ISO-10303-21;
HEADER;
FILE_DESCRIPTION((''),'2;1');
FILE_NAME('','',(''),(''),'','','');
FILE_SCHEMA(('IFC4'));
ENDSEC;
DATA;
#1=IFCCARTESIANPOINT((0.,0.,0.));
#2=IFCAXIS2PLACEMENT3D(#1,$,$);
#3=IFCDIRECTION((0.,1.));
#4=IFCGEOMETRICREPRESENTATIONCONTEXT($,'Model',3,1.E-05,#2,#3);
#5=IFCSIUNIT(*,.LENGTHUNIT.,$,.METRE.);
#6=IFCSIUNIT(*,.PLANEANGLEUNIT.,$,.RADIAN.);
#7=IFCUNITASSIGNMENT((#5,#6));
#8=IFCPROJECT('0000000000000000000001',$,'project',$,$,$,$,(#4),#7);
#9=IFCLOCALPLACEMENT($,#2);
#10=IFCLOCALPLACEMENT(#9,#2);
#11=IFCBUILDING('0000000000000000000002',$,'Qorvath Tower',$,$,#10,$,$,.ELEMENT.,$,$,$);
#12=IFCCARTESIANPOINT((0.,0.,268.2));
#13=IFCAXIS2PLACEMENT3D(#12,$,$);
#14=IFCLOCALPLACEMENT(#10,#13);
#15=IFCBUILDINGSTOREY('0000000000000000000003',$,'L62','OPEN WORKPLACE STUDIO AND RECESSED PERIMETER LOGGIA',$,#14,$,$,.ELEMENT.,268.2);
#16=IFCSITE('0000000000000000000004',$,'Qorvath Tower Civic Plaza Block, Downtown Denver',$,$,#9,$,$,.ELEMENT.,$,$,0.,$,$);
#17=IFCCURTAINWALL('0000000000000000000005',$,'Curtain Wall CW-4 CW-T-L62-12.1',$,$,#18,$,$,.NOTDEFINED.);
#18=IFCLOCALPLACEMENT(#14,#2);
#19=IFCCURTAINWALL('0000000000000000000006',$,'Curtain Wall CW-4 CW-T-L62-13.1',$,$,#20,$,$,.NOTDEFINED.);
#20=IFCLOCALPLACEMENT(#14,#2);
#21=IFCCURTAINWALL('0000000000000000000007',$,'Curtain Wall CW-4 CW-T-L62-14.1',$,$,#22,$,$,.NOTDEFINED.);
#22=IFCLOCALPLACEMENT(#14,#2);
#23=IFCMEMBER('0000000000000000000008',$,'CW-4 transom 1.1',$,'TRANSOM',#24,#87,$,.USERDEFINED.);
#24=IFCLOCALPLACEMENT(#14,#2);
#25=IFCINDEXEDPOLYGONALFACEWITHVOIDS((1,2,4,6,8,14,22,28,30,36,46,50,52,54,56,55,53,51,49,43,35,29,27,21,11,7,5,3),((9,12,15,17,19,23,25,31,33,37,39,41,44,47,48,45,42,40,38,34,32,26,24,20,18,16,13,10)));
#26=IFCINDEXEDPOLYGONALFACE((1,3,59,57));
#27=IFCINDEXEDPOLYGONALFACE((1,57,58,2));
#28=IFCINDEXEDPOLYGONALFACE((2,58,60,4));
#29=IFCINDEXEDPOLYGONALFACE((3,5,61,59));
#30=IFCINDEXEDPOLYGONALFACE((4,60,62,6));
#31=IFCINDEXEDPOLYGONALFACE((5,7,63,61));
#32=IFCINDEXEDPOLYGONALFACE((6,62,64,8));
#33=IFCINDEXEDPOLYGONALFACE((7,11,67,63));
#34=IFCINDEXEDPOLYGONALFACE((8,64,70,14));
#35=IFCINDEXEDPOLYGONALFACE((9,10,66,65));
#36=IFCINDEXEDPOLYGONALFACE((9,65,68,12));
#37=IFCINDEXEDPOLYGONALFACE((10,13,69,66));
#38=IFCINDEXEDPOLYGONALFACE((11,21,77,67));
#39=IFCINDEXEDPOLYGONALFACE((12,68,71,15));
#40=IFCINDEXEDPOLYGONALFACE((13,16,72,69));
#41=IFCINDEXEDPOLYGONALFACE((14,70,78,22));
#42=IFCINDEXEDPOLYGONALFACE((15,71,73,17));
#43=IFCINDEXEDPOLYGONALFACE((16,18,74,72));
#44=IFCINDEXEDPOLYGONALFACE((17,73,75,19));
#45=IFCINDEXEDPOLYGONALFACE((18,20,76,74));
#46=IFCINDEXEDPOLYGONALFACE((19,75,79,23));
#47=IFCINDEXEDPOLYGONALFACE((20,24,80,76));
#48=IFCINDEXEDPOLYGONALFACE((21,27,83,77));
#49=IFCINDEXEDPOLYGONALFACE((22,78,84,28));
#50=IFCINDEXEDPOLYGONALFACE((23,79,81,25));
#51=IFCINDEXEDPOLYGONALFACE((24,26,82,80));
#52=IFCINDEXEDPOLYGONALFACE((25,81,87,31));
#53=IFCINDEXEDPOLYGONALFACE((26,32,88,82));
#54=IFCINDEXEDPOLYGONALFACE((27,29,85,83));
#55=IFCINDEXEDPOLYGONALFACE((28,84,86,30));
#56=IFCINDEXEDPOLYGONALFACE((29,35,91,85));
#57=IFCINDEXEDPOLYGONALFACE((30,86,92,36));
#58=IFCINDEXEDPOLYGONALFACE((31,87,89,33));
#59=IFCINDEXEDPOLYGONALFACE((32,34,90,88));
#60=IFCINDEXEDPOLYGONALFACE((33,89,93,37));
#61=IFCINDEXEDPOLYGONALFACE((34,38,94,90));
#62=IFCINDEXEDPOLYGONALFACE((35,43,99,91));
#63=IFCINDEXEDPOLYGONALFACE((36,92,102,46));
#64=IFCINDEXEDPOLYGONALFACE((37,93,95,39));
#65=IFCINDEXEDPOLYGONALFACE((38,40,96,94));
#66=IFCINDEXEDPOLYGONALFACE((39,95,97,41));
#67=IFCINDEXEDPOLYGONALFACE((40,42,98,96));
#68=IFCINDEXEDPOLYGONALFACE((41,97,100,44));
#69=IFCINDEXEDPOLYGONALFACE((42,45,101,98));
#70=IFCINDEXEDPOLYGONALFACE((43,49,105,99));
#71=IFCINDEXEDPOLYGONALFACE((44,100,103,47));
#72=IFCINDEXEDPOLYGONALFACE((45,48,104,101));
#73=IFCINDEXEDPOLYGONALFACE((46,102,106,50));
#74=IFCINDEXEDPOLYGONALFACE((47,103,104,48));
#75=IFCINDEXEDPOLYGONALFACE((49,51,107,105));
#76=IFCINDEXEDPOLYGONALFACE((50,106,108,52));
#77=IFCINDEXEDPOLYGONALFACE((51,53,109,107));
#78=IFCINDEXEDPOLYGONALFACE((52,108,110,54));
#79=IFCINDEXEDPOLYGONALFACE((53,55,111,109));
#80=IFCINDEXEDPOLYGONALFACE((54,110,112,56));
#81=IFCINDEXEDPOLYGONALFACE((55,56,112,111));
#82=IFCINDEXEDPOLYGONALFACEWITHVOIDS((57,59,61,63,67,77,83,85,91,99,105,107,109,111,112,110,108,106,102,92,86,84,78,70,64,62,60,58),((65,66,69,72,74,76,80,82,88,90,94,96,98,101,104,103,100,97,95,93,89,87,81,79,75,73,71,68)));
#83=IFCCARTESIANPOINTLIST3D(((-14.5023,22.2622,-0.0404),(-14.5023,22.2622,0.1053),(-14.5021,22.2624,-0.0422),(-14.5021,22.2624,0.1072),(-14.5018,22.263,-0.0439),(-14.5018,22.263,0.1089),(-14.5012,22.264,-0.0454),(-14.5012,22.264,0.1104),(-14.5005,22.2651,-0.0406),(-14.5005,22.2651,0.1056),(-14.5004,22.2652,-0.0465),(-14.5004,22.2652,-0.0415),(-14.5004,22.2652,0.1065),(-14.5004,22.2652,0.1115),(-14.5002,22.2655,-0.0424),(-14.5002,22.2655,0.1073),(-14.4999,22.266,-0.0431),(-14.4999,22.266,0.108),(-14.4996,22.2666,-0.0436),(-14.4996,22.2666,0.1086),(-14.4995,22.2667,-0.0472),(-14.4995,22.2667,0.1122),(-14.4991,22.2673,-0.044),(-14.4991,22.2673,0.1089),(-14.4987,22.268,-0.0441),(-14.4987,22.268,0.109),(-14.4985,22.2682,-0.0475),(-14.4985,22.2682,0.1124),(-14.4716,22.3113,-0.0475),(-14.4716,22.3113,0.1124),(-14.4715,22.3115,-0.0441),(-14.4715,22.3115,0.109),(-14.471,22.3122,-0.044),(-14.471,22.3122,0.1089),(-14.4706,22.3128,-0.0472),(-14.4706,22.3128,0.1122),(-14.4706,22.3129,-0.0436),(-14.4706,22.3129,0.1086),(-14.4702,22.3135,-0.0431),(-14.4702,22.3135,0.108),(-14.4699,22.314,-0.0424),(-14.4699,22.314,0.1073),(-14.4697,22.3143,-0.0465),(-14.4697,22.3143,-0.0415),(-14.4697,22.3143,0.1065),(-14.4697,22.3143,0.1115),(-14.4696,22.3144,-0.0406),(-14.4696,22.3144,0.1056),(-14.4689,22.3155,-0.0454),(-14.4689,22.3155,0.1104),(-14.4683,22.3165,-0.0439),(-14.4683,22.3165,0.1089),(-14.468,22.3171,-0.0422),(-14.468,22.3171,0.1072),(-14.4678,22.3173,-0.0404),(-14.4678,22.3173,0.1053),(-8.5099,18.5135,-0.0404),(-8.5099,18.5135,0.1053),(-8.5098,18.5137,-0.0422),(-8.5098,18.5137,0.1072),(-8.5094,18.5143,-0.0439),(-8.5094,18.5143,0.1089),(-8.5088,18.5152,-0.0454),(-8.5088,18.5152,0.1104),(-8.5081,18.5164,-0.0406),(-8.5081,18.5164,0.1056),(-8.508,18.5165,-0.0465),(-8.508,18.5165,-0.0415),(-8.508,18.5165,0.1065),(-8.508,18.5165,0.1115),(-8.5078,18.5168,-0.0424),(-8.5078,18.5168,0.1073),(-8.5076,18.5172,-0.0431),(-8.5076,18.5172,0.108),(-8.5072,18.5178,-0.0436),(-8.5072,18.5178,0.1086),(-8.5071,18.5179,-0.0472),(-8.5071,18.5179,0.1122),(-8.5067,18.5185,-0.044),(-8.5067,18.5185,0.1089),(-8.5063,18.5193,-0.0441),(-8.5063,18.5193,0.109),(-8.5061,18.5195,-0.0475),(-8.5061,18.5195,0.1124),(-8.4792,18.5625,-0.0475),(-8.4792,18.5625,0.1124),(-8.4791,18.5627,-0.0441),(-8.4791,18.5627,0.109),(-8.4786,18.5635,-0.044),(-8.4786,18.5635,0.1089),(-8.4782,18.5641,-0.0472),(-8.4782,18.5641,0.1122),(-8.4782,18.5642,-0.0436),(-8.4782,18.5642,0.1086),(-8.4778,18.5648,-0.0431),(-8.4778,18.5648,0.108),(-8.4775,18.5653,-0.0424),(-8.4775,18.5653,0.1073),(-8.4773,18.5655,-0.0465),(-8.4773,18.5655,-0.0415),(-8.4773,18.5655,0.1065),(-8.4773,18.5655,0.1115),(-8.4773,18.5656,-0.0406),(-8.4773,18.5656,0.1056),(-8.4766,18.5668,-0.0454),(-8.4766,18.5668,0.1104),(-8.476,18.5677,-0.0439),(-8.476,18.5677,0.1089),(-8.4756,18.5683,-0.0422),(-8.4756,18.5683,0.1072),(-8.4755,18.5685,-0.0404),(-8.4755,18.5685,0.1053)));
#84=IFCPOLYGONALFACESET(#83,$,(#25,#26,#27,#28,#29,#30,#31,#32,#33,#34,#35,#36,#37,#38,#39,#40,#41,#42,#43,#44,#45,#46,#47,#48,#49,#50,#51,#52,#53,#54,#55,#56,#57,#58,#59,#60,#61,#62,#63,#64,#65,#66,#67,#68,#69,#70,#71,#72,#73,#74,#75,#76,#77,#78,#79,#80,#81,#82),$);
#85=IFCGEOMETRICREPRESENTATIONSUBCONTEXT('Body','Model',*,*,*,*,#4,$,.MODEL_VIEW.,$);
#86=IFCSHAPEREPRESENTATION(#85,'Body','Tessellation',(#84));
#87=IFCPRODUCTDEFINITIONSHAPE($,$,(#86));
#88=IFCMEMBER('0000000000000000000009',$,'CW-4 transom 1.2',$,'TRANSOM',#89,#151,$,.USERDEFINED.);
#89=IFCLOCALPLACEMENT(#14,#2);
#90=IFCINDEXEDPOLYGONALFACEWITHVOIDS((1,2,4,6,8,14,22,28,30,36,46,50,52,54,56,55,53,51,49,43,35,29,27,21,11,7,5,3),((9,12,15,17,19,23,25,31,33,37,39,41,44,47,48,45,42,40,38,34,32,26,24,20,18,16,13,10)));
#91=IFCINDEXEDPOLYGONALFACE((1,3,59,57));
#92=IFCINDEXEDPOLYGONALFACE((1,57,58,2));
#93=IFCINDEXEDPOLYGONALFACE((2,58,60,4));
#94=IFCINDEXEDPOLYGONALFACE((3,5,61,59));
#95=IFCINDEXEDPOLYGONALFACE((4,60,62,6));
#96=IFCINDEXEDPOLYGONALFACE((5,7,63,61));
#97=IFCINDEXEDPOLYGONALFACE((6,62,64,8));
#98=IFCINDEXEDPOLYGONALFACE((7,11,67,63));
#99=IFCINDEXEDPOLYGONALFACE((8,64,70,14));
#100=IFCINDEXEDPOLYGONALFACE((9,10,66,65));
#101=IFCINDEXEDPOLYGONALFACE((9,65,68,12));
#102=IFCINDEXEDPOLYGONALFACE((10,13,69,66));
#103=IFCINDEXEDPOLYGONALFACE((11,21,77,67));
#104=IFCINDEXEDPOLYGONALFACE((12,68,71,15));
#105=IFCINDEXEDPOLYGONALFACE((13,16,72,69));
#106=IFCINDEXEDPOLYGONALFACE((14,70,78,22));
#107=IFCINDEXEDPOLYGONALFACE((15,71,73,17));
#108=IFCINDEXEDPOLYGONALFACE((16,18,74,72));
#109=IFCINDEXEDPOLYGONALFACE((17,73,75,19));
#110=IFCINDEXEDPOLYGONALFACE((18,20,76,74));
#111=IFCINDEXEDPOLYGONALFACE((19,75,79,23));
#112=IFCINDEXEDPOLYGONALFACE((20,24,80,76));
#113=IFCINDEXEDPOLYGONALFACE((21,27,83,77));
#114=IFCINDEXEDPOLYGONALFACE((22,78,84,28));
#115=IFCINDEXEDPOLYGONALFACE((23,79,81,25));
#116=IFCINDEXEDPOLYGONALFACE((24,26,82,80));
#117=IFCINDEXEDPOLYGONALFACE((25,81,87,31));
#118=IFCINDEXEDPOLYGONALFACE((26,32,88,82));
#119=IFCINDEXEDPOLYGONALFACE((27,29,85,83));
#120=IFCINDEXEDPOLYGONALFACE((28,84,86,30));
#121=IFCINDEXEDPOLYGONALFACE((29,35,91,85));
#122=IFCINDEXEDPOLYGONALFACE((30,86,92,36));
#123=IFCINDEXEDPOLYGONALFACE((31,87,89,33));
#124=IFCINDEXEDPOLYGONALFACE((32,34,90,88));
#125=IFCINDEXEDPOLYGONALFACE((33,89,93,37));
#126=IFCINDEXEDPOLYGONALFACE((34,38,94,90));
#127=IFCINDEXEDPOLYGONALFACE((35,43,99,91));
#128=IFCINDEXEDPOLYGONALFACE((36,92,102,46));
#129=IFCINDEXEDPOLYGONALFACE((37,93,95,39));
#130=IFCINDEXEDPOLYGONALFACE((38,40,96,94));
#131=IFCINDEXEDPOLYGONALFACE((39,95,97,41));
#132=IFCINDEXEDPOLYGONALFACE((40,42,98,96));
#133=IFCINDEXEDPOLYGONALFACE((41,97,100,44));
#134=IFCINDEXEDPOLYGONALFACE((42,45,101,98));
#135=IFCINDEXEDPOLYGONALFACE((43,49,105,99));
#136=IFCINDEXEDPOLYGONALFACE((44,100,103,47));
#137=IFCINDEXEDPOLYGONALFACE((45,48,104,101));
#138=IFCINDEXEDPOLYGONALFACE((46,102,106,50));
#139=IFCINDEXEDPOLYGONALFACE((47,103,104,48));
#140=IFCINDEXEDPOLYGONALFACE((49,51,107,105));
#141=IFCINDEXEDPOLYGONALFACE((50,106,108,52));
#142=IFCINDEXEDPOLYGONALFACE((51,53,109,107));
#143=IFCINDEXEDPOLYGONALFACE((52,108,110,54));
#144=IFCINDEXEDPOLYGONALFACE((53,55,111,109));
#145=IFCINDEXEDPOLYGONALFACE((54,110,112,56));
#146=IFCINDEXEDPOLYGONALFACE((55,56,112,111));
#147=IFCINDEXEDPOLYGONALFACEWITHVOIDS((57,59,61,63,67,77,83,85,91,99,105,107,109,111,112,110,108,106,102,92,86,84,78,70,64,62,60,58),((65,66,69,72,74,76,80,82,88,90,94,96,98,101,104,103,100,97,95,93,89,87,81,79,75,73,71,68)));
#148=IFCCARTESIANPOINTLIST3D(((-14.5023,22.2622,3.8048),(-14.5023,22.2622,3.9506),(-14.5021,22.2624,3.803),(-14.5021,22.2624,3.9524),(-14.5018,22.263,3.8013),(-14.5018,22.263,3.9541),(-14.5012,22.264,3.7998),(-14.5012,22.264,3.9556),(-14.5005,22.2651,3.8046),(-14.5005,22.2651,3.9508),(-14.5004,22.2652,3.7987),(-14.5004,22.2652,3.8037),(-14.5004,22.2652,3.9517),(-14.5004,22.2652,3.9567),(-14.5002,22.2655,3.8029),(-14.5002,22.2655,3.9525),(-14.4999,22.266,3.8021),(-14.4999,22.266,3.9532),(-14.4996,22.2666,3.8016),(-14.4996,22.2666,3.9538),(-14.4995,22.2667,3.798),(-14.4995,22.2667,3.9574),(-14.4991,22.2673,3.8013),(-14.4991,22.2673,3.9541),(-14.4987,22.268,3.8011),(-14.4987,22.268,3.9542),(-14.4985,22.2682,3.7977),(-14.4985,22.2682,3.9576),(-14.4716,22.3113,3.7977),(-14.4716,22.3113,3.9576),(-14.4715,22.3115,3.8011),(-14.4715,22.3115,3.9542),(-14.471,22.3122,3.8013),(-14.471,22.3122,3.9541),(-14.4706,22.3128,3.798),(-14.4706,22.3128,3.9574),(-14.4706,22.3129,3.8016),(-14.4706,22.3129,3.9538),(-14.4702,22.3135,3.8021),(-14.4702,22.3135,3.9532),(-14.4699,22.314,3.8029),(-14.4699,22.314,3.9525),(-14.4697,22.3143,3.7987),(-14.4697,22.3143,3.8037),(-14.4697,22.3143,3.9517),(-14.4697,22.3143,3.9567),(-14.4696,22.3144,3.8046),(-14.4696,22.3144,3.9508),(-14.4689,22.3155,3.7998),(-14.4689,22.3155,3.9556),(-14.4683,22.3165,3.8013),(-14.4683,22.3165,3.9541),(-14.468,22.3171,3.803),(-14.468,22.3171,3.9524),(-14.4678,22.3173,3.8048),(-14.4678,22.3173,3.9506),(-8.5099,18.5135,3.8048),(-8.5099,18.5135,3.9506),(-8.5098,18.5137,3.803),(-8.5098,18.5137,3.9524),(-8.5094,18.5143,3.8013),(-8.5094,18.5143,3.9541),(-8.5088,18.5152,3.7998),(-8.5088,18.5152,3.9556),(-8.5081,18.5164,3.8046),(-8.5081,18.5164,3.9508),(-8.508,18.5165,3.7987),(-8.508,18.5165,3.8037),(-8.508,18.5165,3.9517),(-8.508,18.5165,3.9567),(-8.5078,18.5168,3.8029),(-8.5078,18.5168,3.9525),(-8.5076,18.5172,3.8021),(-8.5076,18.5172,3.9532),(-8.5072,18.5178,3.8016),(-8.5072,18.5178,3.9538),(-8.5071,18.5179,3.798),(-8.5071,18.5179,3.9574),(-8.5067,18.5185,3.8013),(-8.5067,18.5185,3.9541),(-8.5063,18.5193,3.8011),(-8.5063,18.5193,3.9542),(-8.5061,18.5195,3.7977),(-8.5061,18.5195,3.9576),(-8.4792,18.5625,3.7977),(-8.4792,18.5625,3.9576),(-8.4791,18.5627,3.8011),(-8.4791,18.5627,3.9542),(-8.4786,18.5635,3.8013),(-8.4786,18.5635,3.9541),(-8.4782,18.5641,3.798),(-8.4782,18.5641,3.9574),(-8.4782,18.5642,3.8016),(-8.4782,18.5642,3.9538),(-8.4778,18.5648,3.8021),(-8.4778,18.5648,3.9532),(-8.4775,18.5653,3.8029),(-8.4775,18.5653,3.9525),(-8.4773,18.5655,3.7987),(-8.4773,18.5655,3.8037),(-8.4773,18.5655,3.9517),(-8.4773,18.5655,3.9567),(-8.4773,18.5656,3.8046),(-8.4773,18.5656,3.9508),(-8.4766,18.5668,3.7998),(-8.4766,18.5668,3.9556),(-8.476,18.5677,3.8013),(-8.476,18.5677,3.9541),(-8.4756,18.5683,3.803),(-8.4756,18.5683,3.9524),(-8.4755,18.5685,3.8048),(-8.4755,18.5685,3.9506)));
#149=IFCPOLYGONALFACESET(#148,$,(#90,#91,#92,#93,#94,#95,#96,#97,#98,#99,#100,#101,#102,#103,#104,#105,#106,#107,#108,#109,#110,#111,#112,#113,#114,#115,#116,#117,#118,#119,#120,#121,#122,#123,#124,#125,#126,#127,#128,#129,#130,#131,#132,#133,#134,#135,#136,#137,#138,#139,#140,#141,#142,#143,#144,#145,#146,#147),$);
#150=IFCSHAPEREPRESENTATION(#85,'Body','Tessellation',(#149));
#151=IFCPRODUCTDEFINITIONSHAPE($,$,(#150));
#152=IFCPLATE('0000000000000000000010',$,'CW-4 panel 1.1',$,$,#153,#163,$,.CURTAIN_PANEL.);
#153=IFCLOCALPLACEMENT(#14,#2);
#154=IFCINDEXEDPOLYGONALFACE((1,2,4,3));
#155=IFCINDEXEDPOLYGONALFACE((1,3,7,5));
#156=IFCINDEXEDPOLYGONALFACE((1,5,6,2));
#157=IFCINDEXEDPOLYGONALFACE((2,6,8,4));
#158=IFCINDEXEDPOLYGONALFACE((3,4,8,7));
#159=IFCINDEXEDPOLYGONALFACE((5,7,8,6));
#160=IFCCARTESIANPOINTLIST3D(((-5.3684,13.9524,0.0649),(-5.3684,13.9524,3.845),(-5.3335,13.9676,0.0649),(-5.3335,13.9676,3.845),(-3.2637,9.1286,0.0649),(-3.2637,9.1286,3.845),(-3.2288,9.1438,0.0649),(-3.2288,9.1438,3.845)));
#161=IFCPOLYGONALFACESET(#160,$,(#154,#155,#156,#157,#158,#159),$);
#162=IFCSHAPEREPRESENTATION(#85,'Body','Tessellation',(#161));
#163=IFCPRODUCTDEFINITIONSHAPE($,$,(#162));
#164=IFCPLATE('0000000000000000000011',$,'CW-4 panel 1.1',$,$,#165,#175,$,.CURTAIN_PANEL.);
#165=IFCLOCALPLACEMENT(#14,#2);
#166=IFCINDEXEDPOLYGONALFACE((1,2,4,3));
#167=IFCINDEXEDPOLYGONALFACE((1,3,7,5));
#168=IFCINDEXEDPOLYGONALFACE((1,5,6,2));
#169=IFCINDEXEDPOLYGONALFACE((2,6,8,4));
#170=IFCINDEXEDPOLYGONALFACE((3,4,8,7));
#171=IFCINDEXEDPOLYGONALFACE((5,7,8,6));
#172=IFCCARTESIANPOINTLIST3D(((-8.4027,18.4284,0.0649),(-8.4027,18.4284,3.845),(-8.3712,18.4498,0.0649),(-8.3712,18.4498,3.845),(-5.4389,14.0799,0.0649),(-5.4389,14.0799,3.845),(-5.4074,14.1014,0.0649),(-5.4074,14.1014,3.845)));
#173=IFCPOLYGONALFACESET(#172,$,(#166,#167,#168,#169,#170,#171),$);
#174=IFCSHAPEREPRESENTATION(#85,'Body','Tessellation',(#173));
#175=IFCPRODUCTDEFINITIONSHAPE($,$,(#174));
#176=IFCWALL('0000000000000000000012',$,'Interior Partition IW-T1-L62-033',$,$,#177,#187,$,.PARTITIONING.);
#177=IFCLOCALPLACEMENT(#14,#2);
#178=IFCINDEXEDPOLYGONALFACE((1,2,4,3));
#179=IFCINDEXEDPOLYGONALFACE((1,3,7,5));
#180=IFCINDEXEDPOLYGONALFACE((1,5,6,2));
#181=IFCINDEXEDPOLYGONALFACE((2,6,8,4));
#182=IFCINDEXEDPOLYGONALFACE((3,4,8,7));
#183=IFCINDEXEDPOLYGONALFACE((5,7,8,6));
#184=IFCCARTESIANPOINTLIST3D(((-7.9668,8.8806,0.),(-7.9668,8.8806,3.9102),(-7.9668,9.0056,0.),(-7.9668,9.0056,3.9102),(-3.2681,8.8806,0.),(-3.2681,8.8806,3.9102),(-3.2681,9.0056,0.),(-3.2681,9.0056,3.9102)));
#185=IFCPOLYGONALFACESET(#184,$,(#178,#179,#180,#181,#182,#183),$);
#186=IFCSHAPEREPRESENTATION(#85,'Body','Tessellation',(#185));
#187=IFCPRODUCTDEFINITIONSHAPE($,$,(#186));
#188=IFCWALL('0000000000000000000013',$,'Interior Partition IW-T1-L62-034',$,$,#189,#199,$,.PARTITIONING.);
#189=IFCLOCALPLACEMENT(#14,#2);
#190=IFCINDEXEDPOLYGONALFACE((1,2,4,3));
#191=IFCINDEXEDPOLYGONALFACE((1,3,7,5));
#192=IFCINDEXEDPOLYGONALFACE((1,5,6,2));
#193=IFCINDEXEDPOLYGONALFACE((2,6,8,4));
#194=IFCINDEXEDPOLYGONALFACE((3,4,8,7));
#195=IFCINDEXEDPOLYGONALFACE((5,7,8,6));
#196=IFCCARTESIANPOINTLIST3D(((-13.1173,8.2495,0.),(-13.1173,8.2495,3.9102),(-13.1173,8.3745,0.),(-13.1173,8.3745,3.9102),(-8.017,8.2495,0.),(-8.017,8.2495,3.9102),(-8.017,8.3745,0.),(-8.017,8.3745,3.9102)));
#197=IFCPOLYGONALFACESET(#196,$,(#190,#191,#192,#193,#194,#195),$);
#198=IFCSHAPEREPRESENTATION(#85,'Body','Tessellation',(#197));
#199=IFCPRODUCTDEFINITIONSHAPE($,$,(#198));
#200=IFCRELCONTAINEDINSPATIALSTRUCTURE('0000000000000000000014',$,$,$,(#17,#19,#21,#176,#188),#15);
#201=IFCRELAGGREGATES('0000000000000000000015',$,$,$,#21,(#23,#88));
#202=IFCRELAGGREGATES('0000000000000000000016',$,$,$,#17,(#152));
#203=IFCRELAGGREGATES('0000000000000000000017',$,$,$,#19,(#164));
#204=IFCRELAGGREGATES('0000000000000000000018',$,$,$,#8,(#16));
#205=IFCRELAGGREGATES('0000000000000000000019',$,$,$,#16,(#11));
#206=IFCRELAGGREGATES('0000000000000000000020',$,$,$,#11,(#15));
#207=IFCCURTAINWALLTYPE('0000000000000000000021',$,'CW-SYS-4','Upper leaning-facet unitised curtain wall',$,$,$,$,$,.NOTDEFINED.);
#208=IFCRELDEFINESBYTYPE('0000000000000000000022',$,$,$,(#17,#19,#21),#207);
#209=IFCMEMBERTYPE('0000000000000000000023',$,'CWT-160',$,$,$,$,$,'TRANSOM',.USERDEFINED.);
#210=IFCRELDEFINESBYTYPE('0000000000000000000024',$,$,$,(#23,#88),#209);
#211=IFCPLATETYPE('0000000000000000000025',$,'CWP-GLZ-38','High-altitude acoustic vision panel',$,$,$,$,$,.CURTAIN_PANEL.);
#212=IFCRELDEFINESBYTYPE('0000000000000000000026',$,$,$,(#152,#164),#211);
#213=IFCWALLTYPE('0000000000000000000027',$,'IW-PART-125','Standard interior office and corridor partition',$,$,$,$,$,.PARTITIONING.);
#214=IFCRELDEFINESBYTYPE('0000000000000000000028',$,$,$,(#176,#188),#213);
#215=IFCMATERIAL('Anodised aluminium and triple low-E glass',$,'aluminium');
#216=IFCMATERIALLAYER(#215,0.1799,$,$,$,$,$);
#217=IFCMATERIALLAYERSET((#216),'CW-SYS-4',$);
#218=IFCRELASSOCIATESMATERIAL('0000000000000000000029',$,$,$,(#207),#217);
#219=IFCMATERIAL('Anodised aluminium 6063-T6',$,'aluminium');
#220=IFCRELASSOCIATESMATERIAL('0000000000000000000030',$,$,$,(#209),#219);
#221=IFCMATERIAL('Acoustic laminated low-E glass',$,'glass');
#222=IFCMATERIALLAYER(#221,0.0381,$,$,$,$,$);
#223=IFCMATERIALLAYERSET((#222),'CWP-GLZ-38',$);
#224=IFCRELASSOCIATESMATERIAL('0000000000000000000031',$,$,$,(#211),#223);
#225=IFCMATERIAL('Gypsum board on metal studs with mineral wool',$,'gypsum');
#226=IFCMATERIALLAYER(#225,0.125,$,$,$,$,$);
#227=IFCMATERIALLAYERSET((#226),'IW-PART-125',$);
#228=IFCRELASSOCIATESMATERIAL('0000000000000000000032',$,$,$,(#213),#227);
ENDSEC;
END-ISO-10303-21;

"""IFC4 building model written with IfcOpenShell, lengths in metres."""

from ifc_helpers import new_model, si_unit, direction, frame, frame_2d, origin, origin_2d, place, context, subcontext, project, spatial, rectangle, hollow_rectangle, extrude, material, layer, layer_set, material_profile, profile_set, type_object, element, aggregate, save


model = new_model("IFC4")

# Units and contexts
model_context = context("Model", 3, precision=1e-05, world=origin(), true_north=direction((0.0, 1.0)))
body_context = subcontext(model_context, "Body", "Model", "MODEL_VIEW")
ifc_project = project(units=[si_unit("LENGTHUNIT", "METRE"), si_unit("PLANEANGLEUNIT", "RADIAN")], contexts=[model_context])

# Site, building, storey
site_placement = place(None, origin())
site = spatial("IfcSite", under=ifc_project, at=site_placement, Name="Qorvath Tower Civic Plaza Block, Downtown Denver", CompositionType="ELEMENT", RefElevation=0.0)
building_placement = place(site_placement, origin())
building = spatial("IfcBuilding", under=site, at=building_placement, Name="Qorvath Tower", CompositionType="ELEMENT")
storey_placement = place(building_placement, frame((0.0, 0.0, 268.2)))
storey = spatial("IfcBuildingStorey", under=building, at=storey_placement, Name="L62", Description="OPEN WORKPLACE STUDIO AND RECESSED PERIMETER LOGGIA", CompositionType="ELEMENT", Elevation=268.2)

# Shared definitions
ifc_material_1 = material(Name="Anodised aluminium and triple low-E glass", Category="aluminium")
ifc_layer_1 = layer(ifc_material_1, 0.1799)
ifc_layer_set_1 = layer_set([ifc_layer_1], Name="CW-SYS-4")
curtain_wall_type = type_object("IfcCurtainWallType", Name="CW-SYS-4", Description="Upper leaning-facet unitised curtain wall", PredefinedType="NOTDEFINED", material=ifc_layer_set_1)

# Curtain walls
curtain_wall_1_placement = place(storey_placement, origin())
curtain_wall_1 = element("IfcCurtainWall", 1, at=curtain_wall_1_placement, inside=storey, type_object=curtain_wall_type, Name="Curtain Wall CW-4 CW-T-L62-12.1", PredefinedType="NOTDEFINED")
curtain_wall_2_placement = place(storey_placement, origin())
curtain_wall_2 = element("IfcCurtainWall", 2, at=curtain_wall_2_placement, inside=storey, type_object=curtain_wall_type, Name="Curtain Wall CW-4 CW-T-L62-13.1", PredefinedType="NOTDEFINED")

# Curtain wall
curtain_wall_3_placement = place(storey_placement, origin())
curtain_wall_3 = element("IfcCurtainWall", 3, at=curtain_wall_3_placement, inside=storey, type_object=curtain_wall_type, Name="Curtain Wall CW-4 CW-T-L62-14.1", PredefinedType="NOTDEFINED")

# Members
ifc_material_2 = material(Name="Anodised aluminium 6063-T6", Category="aluminium")
ifc_material_profile_1 = material_profile(ifc_material_2, hollow_rectangle(XDim=0.0649, YDim=0.1599, WallThickness=0.0034, InnerFilletRadius=0.0034, OuterFilletRadius=0.0071, at=origin_2d()), Name="CWT 160x65")
ifc_profile_set_1 = profile_set([ifc_material_profile_1], Name="Anodised aluminium 6063-T6")
member_type_1 = type_object("IfcMemberType", Name="CWT-160", ElementType="TRANSOM", PredefinedType="USERDEFINED", material=ifc_profile_set_1)
member_1_placement = place(storey_placement, frame((-8.4927, 18.541, 0.0325), z_axis=(-0.847775, 0.530356, 0.0), x_axis=(-0.530356, -0.847775, 0.0)))
member_1 = element("IfcMember", 4, at=member_1_placement, type_object=member_type_1, Name="CW-4 transom 1.1", ObjectType="TRANSOM", PredefinedType="USERDEFINED", context=body_context, shape_type="SweptSolid", body=[
    extrude(hollow_rectangle(XDim=0.0649, YDim=0.1599, WallThickness=0.0034, InnerFilletRadius=0.0034, OuterFilletRadius=0.0071, at=origin_2d()), origin(), (0.0, 0.0, 1.0), 7.0684),
])
member_2_placement = place(storey_placement, frame((-8.4927, 18.541, 3.8777), z_axis=(-0.847775, 0.530356, 0.0), x_axis=(-0.530356, -0.847775, 0.0)))
member_2 = element("IfcMember", 5, at=member_2_placement, type_object=member_type_1, Name="CW-4 transom 1.2", ObjectType="TRANSOM", PredefinedType="USERDEFINED", context=body_context, shape_type="SweptSolid", body=[
    extrude(hollow_rectangle(XDim=0.0649, YDim=0.1599, WallThickness=0.0034, InnerFilletRadius=0.0034, OuterFilletRadius=0.0071, at=origin_2d()), origin(), (0.0, 0.0, 1.0), 7.0684),
])
aggregate(curtain_wall_3, [member_1, member_2])

# Plates
ifc_material_3 = material(Name="Acoustic laminated low-E glass", Category="glass")
ifc_layer_2 = layer(ifc_material_3, 0.0381)
ifc_layer_set_2 = layer_set([ifc_layer_2], Name="CWP-GLZ-38")
plate_type = type_object("IfcPlateType", Name="CWP-GLZ-38", Description="High-altitude acoustic vision panel", PredefinedType="CURTAIN_PANEL", material=ifc_layer_set_2)
plate_1_placement = place(storey_placement, frame((-4.2986, 11.5481, 0.0649), z_axis=(0.0, 0.0, 1.0), x_axis=(-0.3999, 0.916559, 0.0)))
plate_1 = element("IfcPlate", 6, at=plate_1_placement, type_object=plate_type, Name="CW-4 panel 1.1", PredefinedType="CURTAIN_PANEL", context=body_context, shape_type="SweptSolid", body=[
    extrude(rectangle(XDim=5.2629, YDim=0.0381, at=origin_2d()), origin(), (0.0, 0.0, 1.0), 3.78),
])
aggregate(curtain_wall_1, [plate_1])
plate_2_placement = place(storey_placement, frame((-6.905, 16.2649, 0.0649), z_axis=(0.0, 0.0, 1.0), x_axis=(-0.563203, 0.826319, 0.0)))
plate_2 = element("IfcPlate", 7, at=plate_2_placement, type_object=plate_type, Name="CW-4 panel 1.1", PredefinedType="CURTAIN_PANEL", context=body_context, shape_type="SweptSolid", body=[
    extrude(rectangle(XDim=5.2625, YDim=0.0381, at=origin_2d()), origin(), (0.0, 0.0, 1.0), 3.78),
])
aggregate(curtain_wall_2, [plate_2])

# Walls
ifc_material_4 = material(Name="Gypsum board on metal studs with mineral wool", Category="gypsum")
ifc_layer_3 = layer(ifc_material_4, 0.125)
ifc_layer_set_3 = layer_set([ifc_layer_3], Name="IW-PART-125")
wall_type = type_object("IfcWallType", Name="IW-PART-125", Description="Standard interior office and corridor partition", PredefinedType="PARTITIONING", material=ifc_layer_set_3)
wall_1_placement = place(storey_placement, frame((-3.2681, 8.9431, 0.0), z_axis=(0.0, 0.0, 1.0), x_axis=(-1.0, 0.0, 0.0)))
element("IfcWall", 8, at=wall_1_placement, inside=storey, type_object=wall_type, Name="Interior Partition IW-T1-L62-033", PredefinedType="PARTITIONING", context=body_context, shape_type="SweptSolid", body=[
    extrude(rectangle(XDim=4.6987, YDim=0.125, at=frame_2d((2.3494, 0.0))), origin(), (0.0, 0.0, 1.0), 3.9102),
])
wall_2_placement = place(storey_placement, frame((-8.0168, 8.312, 0.0), z_axis=(0.0, 0.0, 1.0), x_axis=(-1.0, 0.0, 0.0)))
element("IfcWall", 9, at=wall_2_placement, inside=storey, type_object=wall_type, Name="Interior Partition IW-T1-L62-034", PredefinedType="PARTITIONING", context=body_context, shape_type="SweptSolid", body=[
    extrude(rectangle(XDim=5.1003, YDim=0.125, at=frame_2d((2.5503, 0.0))), origin(), (0.0, 0.0, 1.0), 3.9102),
])

save(model, "model.ifc")
